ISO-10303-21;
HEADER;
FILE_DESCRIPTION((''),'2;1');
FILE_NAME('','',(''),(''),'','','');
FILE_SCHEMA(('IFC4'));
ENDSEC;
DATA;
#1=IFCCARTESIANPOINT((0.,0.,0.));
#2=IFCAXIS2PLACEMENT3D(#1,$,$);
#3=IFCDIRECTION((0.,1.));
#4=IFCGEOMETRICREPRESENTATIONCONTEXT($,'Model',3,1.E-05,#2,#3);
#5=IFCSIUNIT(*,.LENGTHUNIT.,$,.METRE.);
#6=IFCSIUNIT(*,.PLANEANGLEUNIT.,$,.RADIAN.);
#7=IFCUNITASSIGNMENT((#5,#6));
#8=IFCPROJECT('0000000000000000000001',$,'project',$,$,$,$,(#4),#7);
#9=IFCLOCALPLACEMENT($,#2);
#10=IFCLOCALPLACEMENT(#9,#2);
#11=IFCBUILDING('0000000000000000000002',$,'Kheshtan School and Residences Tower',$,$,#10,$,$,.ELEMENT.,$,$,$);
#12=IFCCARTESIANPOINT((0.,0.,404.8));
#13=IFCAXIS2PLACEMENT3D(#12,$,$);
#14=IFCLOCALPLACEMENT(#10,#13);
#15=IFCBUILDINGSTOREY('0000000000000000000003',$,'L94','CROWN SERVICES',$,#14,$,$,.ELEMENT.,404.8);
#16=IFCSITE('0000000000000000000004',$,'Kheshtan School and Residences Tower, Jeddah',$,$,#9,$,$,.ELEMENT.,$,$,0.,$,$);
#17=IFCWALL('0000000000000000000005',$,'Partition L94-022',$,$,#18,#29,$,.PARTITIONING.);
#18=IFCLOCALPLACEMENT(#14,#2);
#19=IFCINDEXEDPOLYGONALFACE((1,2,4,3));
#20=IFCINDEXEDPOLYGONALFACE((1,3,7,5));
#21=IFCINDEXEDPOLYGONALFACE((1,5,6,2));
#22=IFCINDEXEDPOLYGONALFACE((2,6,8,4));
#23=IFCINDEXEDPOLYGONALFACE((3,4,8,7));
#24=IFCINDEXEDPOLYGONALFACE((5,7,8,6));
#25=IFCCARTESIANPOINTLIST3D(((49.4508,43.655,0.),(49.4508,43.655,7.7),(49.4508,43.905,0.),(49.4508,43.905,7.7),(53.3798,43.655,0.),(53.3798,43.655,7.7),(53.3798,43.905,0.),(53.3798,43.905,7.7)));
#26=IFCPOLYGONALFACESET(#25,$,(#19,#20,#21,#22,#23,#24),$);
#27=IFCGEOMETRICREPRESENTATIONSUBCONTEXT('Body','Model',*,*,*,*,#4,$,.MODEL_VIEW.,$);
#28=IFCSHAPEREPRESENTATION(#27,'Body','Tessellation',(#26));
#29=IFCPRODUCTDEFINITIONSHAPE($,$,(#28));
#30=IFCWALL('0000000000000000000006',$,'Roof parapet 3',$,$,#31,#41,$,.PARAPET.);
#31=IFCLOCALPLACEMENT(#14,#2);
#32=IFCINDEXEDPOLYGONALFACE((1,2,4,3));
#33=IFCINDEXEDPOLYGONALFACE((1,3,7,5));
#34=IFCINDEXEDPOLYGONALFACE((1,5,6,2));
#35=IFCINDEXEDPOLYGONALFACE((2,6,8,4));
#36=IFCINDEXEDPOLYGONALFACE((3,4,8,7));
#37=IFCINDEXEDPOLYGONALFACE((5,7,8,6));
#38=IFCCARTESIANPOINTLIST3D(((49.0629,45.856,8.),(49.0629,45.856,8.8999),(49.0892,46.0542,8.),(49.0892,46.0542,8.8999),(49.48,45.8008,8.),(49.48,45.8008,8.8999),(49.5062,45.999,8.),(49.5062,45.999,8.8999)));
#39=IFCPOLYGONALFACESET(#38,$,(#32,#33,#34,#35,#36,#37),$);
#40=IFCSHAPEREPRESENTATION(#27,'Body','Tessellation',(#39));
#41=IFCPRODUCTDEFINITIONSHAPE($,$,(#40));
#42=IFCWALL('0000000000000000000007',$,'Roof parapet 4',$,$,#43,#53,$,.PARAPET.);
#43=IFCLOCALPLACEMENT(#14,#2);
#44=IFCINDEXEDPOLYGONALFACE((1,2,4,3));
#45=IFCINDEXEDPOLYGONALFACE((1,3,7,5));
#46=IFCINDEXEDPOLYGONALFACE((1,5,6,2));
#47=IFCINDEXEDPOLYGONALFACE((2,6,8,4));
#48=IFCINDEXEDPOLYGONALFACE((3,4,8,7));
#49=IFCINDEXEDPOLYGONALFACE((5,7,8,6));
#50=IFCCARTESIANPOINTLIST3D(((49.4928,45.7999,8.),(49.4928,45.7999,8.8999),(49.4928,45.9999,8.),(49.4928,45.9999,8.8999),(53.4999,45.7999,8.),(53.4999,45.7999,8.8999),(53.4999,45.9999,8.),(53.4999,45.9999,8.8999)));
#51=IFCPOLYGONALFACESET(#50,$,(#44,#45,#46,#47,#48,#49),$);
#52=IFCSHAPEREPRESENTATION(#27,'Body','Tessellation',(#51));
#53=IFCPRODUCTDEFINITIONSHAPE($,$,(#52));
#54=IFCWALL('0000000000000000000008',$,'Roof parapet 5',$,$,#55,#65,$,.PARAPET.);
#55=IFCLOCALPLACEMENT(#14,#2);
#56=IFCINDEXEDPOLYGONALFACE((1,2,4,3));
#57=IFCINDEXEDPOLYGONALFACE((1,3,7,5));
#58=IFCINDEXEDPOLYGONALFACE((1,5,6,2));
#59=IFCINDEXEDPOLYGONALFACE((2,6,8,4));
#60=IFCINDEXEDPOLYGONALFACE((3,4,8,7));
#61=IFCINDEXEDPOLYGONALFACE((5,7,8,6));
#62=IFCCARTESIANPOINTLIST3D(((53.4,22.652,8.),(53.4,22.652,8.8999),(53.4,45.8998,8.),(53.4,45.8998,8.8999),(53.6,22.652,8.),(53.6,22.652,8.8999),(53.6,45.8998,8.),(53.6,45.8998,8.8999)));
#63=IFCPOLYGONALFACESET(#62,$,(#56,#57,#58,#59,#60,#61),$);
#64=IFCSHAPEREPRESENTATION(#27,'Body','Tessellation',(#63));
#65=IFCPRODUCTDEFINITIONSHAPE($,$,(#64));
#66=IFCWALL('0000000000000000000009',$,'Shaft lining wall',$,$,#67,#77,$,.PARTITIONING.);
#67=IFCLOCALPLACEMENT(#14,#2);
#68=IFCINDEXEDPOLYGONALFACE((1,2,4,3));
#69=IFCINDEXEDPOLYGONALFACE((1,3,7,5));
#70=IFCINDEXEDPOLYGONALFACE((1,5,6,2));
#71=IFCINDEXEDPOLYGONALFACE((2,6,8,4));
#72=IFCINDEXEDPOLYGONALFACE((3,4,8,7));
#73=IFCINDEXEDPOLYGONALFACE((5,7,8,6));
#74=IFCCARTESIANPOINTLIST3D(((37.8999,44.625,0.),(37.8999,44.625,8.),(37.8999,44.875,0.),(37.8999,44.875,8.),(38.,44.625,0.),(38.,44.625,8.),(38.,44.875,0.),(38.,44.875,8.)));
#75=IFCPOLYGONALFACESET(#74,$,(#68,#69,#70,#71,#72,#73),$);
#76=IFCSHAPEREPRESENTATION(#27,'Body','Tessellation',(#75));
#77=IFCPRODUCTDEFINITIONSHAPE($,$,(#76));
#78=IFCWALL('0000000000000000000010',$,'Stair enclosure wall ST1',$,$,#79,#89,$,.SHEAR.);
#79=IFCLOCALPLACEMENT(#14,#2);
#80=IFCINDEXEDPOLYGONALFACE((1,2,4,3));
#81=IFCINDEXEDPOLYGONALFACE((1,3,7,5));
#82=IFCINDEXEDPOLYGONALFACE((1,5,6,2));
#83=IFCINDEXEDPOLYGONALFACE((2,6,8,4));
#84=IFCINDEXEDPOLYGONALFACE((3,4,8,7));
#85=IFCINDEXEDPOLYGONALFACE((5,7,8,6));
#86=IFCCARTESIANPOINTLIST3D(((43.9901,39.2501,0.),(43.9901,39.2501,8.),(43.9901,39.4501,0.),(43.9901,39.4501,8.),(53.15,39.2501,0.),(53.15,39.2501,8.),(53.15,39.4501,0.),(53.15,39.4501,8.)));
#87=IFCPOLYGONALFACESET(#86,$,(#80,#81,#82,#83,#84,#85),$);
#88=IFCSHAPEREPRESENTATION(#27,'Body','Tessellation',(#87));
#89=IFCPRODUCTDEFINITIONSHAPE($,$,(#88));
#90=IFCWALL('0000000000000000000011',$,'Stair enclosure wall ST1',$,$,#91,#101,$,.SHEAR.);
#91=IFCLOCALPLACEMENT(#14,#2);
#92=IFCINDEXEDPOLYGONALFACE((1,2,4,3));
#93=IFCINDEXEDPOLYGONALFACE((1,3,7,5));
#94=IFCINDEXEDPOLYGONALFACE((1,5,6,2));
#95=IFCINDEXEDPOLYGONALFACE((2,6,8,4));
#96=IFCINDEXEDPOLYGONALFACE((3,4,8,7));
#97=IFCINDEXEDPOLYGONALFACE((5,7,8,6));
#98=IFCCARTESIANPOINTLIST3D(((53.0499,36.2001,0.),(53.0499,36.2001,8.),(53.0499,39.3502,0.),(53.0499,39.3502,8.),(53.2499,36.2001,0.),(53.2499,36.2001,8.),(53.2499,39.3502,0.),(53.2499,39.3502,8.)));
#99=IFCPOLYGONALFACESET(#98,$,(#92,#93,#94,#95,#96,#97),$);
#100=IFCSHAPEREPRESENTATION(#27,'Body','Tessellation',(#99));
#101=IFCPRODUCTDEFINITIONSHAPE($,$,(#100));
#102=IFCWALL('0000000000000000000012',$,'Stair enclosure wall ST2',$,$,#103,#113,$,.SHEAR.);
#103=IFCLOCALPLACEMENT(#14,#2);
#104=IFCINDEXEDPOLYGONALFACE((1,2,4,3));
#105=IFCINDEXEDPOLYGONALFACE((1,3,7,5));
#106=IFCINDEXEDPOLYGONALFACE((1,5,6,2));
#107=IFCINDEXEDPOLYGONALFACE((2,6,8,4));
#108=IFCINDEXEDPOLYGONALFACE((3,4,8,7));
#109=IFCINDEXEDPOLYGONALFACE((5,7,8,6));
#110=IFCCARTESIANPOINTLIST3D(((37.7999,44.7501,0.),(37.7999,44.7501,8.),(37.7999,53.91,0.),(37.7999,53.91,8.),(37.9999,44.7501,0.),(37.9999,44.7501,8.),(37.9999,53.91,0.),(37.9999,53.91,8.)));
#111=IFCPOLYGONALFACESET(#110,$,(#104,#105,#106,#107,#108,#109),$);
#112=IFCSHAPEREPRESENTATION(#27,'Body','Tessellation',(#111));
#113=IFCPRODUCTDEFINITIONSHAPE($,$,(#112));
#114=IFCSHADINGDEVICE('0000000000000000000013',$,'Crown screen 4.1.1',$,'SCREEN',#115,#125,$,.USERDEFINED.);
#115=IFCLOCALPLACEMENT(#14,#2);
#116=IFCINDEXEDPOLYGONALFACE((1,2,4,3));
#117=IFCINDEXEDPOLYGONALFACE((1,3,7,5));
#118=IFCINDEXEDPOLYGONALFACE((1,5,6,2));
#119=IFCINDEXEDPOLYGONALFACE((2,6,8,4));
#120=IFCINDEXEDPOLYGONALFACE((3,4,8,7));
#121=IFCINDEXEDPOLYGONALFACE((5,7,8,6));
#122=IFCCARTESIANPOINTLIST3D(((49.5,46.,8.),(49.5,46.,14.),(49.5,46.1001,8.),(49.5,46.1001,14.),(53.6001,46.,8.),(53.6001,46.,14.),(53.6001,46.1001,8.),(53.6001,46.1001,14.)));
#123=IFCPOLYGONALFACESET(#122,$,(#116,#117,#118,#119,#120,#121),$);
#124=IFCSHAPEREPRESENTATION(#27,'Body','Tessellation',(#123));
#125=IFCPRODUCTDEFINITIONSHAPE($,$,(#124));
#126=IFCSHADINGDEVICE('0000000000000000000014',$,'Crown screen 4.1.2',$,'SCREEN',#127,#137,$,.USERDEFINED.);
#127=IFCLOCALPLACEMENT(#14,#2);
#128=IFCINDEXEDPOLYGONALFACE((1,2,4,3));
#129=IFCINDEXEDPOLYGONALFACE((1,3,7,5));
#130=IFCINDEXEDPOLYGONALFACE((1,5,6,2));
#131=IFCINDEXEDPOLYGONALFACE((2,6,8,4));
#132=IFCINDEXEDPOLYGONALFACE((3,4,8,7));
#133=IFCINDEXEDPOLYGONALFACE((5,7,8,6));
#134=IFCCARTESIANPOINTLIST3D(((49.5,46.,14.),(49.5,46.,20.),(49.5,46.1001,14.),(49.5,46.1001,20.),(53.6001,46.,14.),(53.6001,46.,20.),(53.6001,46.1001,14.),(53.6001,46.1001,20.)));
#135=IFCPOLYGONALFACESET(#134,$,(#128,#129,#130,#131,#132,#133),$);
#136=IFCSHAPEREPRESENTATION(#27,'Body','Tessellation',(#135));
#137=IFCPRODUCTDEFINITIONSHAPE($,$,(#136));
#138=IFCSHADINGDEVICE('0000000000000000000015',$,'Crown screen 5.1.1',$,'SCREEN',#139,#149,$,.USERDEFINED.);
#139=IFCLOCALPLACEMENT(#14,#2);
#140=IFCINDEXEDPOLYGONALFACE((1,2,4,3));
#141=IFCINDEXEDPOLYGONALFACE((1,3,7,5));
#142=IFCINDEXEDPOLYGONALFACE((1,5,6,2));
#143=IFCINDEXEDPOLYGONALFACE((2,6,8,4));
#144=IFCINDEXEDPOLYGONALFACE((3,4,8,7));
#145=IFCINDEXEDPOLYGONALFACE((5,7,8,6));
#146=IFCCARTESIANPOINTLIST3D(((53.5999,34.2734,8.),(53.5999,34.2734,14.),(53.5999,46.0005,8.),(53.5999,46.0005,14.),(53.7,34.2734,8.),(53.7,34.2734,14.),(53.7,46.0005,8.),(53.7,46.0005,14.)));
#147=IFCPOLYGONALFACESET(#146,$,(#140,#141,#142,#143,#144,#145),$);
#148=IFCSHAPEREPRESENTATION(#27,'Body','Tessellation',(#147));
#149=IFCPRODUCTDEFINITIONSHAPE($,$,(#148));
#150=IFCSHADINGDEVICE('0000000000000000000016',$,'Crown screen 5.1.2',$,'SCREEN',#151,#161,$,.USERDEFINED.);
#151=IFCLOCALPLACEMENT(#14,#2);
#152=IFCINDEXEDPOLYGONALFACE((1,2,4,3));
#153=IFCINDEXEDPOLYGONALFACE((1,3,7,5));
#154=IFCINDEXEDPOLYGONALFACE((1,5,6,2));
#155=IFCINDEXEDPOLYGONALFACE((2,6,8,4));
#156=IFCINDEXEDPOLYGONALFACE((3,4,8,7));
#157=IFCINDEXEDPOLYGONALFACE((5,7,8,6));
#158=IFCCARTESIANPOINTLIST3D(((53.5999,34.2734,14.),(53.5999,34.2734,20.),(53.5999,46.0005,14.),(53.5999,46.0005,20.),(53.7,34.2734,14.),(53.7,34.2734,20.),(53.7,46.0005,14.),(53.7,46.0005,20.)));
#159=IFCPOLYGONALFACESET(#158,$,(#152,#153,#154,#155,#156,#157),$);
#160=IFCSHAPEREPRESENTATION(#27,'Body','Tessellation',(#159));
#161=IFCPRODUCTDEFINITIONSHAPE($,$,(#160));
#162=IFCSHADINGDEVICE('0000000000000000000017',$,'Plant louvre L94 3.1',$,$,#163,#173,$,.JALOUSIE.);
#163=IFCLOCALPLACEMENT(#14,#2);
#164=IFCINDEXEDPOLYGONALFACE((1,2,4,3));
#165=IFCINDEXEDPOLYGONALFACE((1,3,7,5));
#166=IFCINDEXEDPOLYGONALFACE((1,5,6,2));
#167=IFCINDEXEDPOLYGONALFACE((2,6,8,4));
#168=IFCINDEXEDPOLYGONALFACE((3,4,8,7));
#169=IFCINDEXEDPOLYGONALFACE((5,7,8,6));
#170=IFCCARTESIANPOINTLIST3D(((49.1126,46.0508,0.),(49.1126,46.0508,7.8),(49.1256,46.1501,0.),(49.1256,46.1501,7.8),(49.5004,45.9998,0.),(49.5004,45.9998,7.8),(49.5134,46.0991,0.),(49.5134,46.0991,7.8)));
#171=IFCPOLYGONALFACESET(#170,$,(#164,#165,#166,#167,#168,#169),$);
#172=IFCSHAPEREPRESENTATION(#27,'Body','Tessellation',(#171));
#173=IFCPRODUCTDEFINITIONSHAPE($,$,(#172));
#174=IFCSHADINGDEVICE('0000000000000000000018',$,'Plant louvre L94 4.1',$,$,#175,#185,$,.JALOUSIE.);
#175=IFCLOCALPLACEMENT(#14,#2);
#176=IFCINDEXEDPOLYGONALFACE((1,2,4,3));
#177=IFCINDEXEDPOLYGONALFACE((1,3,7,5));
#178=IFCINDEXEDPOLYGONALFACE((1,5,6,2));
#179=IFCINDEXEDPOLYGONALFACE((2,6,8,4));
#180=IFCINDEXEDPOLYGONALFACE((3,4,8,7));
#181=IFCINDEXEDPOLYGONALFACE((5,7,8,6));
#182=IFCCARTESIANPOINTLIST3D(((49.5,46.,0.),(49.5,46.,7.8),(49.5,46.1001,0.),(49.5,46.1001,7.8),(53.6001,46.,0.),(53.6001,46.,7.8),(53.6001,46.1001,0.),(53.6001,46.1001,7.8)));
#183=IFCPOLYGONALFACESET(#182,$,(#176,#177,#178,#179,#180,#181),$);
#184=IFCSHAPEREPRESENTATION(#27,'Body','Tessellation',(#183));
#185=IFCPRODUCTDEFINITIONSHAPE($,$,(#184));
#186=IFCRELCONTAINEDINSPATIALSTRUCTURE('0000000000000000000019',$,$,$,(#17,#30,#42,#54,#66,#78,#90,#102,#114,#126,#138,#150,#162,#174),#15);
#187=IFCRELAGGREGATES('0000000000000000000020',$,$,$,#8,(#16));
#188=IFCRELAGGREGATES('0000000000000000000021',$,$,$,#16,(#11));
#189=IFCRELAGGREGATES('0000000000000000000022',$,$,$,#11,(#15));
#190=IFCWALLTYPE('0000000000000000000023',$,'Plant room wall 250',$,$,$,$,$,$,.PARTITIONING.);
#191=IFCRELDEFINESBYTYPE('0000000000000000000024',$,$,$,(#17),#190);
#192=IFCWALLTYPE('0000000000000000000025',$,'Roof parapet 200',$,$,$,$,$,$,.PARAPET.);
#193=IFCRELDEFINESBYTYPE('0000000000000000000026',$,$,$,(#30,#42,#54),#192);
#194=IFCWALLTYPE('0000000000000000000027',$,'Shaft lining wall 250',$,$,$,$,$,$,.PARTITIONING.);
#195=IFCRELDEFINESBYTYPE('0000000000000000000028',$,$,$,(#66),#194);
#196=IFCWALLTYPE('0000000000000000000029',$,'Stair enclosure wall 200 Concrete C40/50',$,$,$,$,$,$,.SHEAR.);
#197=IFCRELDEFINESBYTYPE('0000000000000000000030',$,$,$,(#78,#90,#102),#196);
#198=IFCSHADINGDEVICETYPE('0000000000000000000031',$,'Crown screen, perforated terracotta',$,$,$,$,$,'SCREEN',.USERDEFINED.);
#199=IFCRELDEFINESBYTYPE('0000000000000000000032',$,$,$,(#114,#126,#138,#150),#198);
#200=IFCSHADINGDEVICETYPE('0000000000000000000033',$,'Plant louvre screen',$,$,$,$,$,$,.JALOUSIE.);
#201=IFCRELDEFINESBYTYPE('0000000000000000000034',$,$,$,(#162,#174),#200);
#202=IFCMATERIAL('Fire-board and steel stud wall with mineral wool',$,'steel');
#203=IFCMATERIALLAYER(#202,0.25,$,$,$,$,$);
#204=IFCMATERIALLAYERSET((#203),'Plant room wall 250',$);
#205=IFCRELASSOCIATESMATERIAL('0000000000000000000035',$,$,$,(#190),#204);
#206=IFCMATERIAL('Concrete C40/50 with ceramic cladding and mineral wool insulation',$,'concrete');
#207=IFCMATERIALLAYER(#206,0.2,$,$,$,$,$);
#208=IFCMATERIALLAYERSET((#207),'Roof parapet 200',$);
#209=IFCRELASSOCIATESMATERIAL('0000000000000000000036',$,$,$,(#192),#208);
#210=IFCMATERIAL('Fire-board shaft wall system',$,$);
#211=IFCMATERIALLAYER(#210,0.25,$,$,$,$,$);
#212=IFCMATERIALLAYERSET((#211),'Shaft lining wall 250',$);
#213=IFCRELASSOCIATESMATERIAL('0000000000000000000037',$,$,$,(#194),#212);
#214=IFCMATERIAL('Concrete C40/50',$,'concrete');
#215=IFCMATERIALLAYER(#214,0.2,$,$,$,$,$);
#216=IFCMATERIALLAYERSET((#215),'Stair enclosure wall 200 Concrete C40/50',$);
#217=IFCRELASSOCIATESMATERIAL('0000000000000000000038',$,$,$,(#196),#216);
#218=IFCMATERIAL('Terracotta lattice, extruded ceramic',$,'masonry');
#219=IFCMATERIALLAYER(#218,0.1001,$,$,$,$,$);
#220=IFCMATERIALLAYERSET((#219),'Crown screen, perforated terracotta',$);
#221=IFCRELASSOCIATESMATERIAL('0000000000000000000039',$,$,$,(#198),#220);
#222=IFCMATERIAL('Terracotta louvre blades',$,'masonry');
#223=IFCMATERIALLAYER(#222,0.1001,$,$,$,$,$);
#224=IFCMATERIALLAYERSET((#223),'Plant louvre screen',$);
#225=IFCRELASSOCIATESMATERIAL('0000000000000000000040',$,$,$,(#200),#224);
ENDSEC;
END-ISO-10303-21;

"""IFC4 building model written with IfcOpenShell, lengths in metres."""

from ifc_helpers import new_model, si_unit, direction, frame, frame_2d, origin, origin_2d, place, context, subcontext, project, spatial, rectangle, extrude, material, layer, layer_set, type_object, element, save


model = new_model("IFC4")

# Units and contexts
model_context = context("Model", 3, precision=1e-05, world=origin(), true_north=direction((0.0, 1.0)))
body_context = subcontext(model_context, "Body", "Model", "MODEL_VIEW")
ifc_project = project(units=[si_unit("LENGTHUNIT", "METRE"), si_unit("PLANEANGLEUNIT", "RADIAN")], contexts=[model_context])

# Site, building, storey
site_placement = place(None, origin())
site = spatial("IfcSite", under=ifc_project, at=site_placement, Name="Kheshtan School and Residences Tower, Jeddah", CompositionType="ELEMENT", RefElevation=0.0)
building_placement = place(site_placement, origin())
building = spatial("IfcBuilding", under=site, at=building_placement, Name="Kheshtan School and Residences Tower", CompositionType="ELEMENT")
storey_placement = place(building_placement, frame((0.0, 0.0, 404.8)))
storey = spatial("IfcBuildingStorey", under=building, at=storey_placement, Name="L94", Description="CROWN SERVICES", CompositionType="ELEMENT", Elevation=404.8)

# Shared definitions
ifc_material_1 = material(Name="Concrete C40/50 with ceramic cladding and mineral wool insulation", Category="concrete")

# Shared definitions
ifc_material_2 = material(Name="Fire-board and steel stud wall with mineral wool", Category="steel")
ifc_layer_1 = layer(ifc_material_2, 0.25)
ifc_layer_set_1 = layer_set([ifc_layer_1], Name="Plant room wall 250")
wall_type_1 = type_object("IfcWallType", Name="Plant room wall 250", PredefinedType="PARTITIONING", material=ifc_layer_set_1)

# Walls
wall_1_placement = place(storey_placement, frame((49.4509, 43.78, 0.0), z_axis=(0.0, 0.0, 1.0), x_axis=(1.0, 0.0, 0.0)))
element("IfcWall", 1, at=wall_1_placement, inside=storey, type_object=wall_type_1, Name="Partition L94-022", PredefinedType="PARTITIONING", context=body_context, shape_type="SweptSolid", body=[
    extrude(rectangle(XDim=3.929, YDim=0.25, at=frame_2d((1.9644, 0.0))), origin(), (0.0, 0.0, 1.0), 7.7),
])
ifc_layer_2 = layer(ifc_material_1, 0.2)
ifc_layer_set_2 = layer_set([ifc_layer_2], Name="Roof parapet 200")
wall_type_2 = type_object("IfcWallType", Name="Roof parapet 200", PredefinedType="PARAPET", material=ifc_layer_set_2)
wall_2_placement = place(storey_placement, frame((49.0759, 45.9551, 8.0), z_axis=(0.0, 0.0, 1.0), x_axis=(0.991359, -0.131175, 0.0)))
element("IfcWall", 2, at=wall_2_placement, inside=storey, type_object=wall_type_2, Name="Roof parapet 3", PredefinedType="PARAPET", context=body_context, shape_type="SweptSolid", body=[
    extrude(rectangle(XDim=0.4207, YDim=0.2, at=frame_2d((0.2104, 0.0))), origin(), (0.0, 0.0, 1.0), 0.8999),
])
wall_3_placement = place(storey_placement, frame((49.4929, 45.8999, 8.0), z_axis=(0.0, 0.0, 1.0), x_axis=(1.0, 0.0, 0.0)))
element("IfcWall", 3, at=wall_3_placement, inside=storey, type_object=wall_type_2, Name="Roof parapet 4", PredefinedType="PARAPET", context=body_context, shape_type="SweptSolid", body=[
    extrude(rectangle(XDim=4.0071, YDim=0.2, at=frame_2d((2.0034, 0.0))), origin(), (0.0, 0.0, 1.0), 0.8999),
])
wall_4_placement = place(storey_placement, frame((53.5, 45.8999, 8.0), z_axis=(0.0, 0.0, 1.0), x_axis=(0.0, -1.0, 0.0)))
element("IfcWall", 4, at=wall_4_placement, inside=storey, type_object=wall_type_2, Name="Roof parapet 5", PredefinedType="PARAPET", context=body_context, shape_type="SweptSolid", body=[
    extrude(rectangle(XDim=23.2478, YDim=0.2, at=frame_2d((11.624, 0.0))), origin(), (0.0, 0.0, 1.0), 0.8999),
])
ifc_material_3 = material(Name="Fire-board shaft wall system")
ifc_layer_3 = layer(ifc_material_3, 0.25)
ifc_layer_set_3 = layer_set([ifc_layer_3], Name="Shaft lining wall 250")
wall_type_3 = type_object("IfcWallType", Name="Shaft lining wall 250", PredefinedType="PARTITIONING", material=ifc_layer_set_3)
wall_5_placement = place(storey_placement, frame((37.8999, 44.75, 0.0), z_axis=(0.0, 0.0, 1.0), x_axis=(1.0, 0.0, 0.0)))
element("IfcWall", 5, at=wall_5_placement, inside=storey, type_object=wall_type_3, Name="Shaft lining wall", PredefinedType="PARTITIONING", context=body_context, shape_type="SweptSolid", body=[
    extrude(rectangle(XDim=0.1001, YDim=0.25, at=frame_2d((0.05, 0.0))), origin(), (0.0, 0.0, 1.0), 8.0),
])
ifc_material_4 = material(Name="Concrete C40/50", Category="concrete")
ifc_layer_4 = layer(ifc_material_4, 0.2)
ifc_layer_set_4 = layer_set([ifc_layer_4], Name="Stair enclosure wall 200 Concrete C40/50")
wall_type_4 = type_object("IfcWallType", Name="Stair enclosure wall 200 Concrete C40/50", PredefinedType="SHEAR", material=ifc_layer_set_4)
wall_6_placement = place(storey_placement, frame((43.99, 39.3501, 0.0), z_axis=(0.0, 0.0, 1.0), x_axis=(1.0, 0.0, 0.0)))
element("IfcWall", 6, at=wall_6_placement, inside=storey, type_object=wall_type_4, Name="Stair enclosure wall ST1", PredefinedType="SHEAR", context=body_context, shape_type="SweptSolid", body=[
    extrude(rectangle(XDim=9.1599, YDim=0.2, at=frame_2d((4.5801, 0.0))), origin(), (0.0, 0.0, 1.0), 8.0),
])
wall_7_placement = place(storey_placement, frame((53.1499, 36.2, 0.0), z_axis=(0.0, 0.0, 1.0), x_axis=(0.0, 1.0, 0.0)))
element("IfcWall", 7, at=wall_7_placement, inside=storey, type_object=wall_type_4, Name="Stair enclosure wall ST1", PredefinedType="SHEAR", context=body_context, shape_type="SweptSolid", body=[
    extrude(rectangle(XDim=3.1501, YDim=0.2, at=frame_2d((1.5752, 0.0))), origin(), (0.0, 0.0, 1.0), 8.0),
])
wall_8_placement = place(storey_placement, frame((37.8999, 44.75, 0.0), z_axis=(0.0, 0.0, 1.0), x_axis=(0.0, 1.0, 0.0)))
element("IfcWall", 8, at=wall_8_placement, inside=storey, type_object=wall_type_4, Name="Stair enclosure wall ST2", PredefinedType="SHEAR", context=body_context, shape_type="SweptSolid", body=[
    extrude(rectangle(XDim=9.1599, YDim=0.2, at=frame_2d((4.5801, 0.0))), origin(), (0.0, 0.0, 1.0), 8.0),
])

# Shading devices
ifc_material_5 = material(Name="Terracotta lattice, extruded ceramic", Category="masonry")
ifc_layer_5 = layer(ifc_material_5, 0.1001)
ifc_layer_set_5 = layer_set([ifc_layer_5], Name="Crown screen, perforated terracotta")
shading_device_type_1 = type_object("IfcShadingDeviceType", Name="Crown screen, perforated terracotta", ElementType="SCREEN", PredefinedType="USERDEFINED", material=ifc_layer_set_5)
for number, where, z_axis, x_axis, name in (
    (9, (51.55, 46.05, 8.0), (0.0, 0.0, 1.0), (1.0, 0.0, 0.0), "Crown screen 4.1.1"),
    (10, (51.55, 46.05, 14.0), (0.0, 0.0, 1.0), (1.0, 0.0, 0.0), "Crown screen 4.1.2"),
):
    element("IfcShadingDevice", number, at=place(storey_placement, frame(where, z_axis=z_axis, x_axis=x_axis)), inside=storey, type_object=shading_device_type_1, Name=name, ObjectType="SCREEN", PredefinedType="USERDEFINED", context=body_context, shape_type="SweptSolid", body=[
        extrude(rectangle(XDim=4.1001, YDim=0.1001, at=origin_2d()), origin(), (0.0, 0.0, 1.0), 6.0),
    ])
for number, where, z_axis, x_axis, name in (
    (11, (53.6499, 40.137, 8.0), (0.0, 0.0, 1.0), (0.0, -1.0, 0.0), "Crown screen 5.1.1"),
    (12, (53.6499, 40.137, 14.0), (0.0, 0.0, 1.0), (0.0, -1.0, 0.0), "Crown screen 5.1.2"),
):
    element("IfcShadingDevice", number, at=place(storey_placement, frame(where, z_axis=z_axis, x_axis=x_axis)), inside=storey, type_object=shading_device_type_1, Name=name, ObjectType="SCREEN", PredefinedType="USERDEFINED", context=body_context, shape_type="SweptSolid", body=[
        extrude(rectangle(XDim=11.7271, YDim=0.1001, at=origin_2d()), origin(), (0.0, 0.0, 1.0), 6.0),
    ])
ifc_material_6 = material(Name="Terracotta louvre blades", Category="masonry")
ifc_layer_6 = layer(ifc_material_6, 0.1001)
ifc_layer_set_6 = layer_set([ifc_layer_6], Name="Plant louvre screen")
shading_device_type_2 = type_object("IfcShadingDeviceType", Name="Plant louvre screen", PredefinedType="JALOUSIE", material=ifc_layer_set_6)
shading_device_1_placement = place(storey_placement, frame((49.313, 46.075, 0.0), z_axis=(0.0, 0.0, 1.0), x_axis=(0.991472, -0.130319, 0.0)))
element("IfcShadingDevice", 13, at=shading_device_1_placement, inside=storey, type_object=shading_device_type_2, Name="Plant louvre L94 3.1", PredefinedType="JALOUSIE", context=body_context, shape_type="SweptSolid", body=[
    extrude(rectangle(XDim=0.3911, YDim=0.1001, at=origin_2d()), origin(), (0.0, 0.0, 1.0), 7.8),
])
shading_device_2_placement = place(storey_placement, frame((51.55, 46.05, 0.0), z_axis=(0.0, 0.0, 1.0), x_axis=(1.0, 0.0, 0.0)))
element("IfcShadingDevice", 14, at=shading_device_2_placement, inside=storey, type_object=shading_device_type_2, Name="Plant louvre L94 4.1", PredefinedType="JALOUSIE", context=body_context, shape_type="SweptSolid", body=[
    extrude(rectangle(XDim=4.1001, YDim=0.1001, at=origin_2d()), origin(), (0.0, 0.0, 1.0), 7.8),
])

save(model, "model.ifc")
